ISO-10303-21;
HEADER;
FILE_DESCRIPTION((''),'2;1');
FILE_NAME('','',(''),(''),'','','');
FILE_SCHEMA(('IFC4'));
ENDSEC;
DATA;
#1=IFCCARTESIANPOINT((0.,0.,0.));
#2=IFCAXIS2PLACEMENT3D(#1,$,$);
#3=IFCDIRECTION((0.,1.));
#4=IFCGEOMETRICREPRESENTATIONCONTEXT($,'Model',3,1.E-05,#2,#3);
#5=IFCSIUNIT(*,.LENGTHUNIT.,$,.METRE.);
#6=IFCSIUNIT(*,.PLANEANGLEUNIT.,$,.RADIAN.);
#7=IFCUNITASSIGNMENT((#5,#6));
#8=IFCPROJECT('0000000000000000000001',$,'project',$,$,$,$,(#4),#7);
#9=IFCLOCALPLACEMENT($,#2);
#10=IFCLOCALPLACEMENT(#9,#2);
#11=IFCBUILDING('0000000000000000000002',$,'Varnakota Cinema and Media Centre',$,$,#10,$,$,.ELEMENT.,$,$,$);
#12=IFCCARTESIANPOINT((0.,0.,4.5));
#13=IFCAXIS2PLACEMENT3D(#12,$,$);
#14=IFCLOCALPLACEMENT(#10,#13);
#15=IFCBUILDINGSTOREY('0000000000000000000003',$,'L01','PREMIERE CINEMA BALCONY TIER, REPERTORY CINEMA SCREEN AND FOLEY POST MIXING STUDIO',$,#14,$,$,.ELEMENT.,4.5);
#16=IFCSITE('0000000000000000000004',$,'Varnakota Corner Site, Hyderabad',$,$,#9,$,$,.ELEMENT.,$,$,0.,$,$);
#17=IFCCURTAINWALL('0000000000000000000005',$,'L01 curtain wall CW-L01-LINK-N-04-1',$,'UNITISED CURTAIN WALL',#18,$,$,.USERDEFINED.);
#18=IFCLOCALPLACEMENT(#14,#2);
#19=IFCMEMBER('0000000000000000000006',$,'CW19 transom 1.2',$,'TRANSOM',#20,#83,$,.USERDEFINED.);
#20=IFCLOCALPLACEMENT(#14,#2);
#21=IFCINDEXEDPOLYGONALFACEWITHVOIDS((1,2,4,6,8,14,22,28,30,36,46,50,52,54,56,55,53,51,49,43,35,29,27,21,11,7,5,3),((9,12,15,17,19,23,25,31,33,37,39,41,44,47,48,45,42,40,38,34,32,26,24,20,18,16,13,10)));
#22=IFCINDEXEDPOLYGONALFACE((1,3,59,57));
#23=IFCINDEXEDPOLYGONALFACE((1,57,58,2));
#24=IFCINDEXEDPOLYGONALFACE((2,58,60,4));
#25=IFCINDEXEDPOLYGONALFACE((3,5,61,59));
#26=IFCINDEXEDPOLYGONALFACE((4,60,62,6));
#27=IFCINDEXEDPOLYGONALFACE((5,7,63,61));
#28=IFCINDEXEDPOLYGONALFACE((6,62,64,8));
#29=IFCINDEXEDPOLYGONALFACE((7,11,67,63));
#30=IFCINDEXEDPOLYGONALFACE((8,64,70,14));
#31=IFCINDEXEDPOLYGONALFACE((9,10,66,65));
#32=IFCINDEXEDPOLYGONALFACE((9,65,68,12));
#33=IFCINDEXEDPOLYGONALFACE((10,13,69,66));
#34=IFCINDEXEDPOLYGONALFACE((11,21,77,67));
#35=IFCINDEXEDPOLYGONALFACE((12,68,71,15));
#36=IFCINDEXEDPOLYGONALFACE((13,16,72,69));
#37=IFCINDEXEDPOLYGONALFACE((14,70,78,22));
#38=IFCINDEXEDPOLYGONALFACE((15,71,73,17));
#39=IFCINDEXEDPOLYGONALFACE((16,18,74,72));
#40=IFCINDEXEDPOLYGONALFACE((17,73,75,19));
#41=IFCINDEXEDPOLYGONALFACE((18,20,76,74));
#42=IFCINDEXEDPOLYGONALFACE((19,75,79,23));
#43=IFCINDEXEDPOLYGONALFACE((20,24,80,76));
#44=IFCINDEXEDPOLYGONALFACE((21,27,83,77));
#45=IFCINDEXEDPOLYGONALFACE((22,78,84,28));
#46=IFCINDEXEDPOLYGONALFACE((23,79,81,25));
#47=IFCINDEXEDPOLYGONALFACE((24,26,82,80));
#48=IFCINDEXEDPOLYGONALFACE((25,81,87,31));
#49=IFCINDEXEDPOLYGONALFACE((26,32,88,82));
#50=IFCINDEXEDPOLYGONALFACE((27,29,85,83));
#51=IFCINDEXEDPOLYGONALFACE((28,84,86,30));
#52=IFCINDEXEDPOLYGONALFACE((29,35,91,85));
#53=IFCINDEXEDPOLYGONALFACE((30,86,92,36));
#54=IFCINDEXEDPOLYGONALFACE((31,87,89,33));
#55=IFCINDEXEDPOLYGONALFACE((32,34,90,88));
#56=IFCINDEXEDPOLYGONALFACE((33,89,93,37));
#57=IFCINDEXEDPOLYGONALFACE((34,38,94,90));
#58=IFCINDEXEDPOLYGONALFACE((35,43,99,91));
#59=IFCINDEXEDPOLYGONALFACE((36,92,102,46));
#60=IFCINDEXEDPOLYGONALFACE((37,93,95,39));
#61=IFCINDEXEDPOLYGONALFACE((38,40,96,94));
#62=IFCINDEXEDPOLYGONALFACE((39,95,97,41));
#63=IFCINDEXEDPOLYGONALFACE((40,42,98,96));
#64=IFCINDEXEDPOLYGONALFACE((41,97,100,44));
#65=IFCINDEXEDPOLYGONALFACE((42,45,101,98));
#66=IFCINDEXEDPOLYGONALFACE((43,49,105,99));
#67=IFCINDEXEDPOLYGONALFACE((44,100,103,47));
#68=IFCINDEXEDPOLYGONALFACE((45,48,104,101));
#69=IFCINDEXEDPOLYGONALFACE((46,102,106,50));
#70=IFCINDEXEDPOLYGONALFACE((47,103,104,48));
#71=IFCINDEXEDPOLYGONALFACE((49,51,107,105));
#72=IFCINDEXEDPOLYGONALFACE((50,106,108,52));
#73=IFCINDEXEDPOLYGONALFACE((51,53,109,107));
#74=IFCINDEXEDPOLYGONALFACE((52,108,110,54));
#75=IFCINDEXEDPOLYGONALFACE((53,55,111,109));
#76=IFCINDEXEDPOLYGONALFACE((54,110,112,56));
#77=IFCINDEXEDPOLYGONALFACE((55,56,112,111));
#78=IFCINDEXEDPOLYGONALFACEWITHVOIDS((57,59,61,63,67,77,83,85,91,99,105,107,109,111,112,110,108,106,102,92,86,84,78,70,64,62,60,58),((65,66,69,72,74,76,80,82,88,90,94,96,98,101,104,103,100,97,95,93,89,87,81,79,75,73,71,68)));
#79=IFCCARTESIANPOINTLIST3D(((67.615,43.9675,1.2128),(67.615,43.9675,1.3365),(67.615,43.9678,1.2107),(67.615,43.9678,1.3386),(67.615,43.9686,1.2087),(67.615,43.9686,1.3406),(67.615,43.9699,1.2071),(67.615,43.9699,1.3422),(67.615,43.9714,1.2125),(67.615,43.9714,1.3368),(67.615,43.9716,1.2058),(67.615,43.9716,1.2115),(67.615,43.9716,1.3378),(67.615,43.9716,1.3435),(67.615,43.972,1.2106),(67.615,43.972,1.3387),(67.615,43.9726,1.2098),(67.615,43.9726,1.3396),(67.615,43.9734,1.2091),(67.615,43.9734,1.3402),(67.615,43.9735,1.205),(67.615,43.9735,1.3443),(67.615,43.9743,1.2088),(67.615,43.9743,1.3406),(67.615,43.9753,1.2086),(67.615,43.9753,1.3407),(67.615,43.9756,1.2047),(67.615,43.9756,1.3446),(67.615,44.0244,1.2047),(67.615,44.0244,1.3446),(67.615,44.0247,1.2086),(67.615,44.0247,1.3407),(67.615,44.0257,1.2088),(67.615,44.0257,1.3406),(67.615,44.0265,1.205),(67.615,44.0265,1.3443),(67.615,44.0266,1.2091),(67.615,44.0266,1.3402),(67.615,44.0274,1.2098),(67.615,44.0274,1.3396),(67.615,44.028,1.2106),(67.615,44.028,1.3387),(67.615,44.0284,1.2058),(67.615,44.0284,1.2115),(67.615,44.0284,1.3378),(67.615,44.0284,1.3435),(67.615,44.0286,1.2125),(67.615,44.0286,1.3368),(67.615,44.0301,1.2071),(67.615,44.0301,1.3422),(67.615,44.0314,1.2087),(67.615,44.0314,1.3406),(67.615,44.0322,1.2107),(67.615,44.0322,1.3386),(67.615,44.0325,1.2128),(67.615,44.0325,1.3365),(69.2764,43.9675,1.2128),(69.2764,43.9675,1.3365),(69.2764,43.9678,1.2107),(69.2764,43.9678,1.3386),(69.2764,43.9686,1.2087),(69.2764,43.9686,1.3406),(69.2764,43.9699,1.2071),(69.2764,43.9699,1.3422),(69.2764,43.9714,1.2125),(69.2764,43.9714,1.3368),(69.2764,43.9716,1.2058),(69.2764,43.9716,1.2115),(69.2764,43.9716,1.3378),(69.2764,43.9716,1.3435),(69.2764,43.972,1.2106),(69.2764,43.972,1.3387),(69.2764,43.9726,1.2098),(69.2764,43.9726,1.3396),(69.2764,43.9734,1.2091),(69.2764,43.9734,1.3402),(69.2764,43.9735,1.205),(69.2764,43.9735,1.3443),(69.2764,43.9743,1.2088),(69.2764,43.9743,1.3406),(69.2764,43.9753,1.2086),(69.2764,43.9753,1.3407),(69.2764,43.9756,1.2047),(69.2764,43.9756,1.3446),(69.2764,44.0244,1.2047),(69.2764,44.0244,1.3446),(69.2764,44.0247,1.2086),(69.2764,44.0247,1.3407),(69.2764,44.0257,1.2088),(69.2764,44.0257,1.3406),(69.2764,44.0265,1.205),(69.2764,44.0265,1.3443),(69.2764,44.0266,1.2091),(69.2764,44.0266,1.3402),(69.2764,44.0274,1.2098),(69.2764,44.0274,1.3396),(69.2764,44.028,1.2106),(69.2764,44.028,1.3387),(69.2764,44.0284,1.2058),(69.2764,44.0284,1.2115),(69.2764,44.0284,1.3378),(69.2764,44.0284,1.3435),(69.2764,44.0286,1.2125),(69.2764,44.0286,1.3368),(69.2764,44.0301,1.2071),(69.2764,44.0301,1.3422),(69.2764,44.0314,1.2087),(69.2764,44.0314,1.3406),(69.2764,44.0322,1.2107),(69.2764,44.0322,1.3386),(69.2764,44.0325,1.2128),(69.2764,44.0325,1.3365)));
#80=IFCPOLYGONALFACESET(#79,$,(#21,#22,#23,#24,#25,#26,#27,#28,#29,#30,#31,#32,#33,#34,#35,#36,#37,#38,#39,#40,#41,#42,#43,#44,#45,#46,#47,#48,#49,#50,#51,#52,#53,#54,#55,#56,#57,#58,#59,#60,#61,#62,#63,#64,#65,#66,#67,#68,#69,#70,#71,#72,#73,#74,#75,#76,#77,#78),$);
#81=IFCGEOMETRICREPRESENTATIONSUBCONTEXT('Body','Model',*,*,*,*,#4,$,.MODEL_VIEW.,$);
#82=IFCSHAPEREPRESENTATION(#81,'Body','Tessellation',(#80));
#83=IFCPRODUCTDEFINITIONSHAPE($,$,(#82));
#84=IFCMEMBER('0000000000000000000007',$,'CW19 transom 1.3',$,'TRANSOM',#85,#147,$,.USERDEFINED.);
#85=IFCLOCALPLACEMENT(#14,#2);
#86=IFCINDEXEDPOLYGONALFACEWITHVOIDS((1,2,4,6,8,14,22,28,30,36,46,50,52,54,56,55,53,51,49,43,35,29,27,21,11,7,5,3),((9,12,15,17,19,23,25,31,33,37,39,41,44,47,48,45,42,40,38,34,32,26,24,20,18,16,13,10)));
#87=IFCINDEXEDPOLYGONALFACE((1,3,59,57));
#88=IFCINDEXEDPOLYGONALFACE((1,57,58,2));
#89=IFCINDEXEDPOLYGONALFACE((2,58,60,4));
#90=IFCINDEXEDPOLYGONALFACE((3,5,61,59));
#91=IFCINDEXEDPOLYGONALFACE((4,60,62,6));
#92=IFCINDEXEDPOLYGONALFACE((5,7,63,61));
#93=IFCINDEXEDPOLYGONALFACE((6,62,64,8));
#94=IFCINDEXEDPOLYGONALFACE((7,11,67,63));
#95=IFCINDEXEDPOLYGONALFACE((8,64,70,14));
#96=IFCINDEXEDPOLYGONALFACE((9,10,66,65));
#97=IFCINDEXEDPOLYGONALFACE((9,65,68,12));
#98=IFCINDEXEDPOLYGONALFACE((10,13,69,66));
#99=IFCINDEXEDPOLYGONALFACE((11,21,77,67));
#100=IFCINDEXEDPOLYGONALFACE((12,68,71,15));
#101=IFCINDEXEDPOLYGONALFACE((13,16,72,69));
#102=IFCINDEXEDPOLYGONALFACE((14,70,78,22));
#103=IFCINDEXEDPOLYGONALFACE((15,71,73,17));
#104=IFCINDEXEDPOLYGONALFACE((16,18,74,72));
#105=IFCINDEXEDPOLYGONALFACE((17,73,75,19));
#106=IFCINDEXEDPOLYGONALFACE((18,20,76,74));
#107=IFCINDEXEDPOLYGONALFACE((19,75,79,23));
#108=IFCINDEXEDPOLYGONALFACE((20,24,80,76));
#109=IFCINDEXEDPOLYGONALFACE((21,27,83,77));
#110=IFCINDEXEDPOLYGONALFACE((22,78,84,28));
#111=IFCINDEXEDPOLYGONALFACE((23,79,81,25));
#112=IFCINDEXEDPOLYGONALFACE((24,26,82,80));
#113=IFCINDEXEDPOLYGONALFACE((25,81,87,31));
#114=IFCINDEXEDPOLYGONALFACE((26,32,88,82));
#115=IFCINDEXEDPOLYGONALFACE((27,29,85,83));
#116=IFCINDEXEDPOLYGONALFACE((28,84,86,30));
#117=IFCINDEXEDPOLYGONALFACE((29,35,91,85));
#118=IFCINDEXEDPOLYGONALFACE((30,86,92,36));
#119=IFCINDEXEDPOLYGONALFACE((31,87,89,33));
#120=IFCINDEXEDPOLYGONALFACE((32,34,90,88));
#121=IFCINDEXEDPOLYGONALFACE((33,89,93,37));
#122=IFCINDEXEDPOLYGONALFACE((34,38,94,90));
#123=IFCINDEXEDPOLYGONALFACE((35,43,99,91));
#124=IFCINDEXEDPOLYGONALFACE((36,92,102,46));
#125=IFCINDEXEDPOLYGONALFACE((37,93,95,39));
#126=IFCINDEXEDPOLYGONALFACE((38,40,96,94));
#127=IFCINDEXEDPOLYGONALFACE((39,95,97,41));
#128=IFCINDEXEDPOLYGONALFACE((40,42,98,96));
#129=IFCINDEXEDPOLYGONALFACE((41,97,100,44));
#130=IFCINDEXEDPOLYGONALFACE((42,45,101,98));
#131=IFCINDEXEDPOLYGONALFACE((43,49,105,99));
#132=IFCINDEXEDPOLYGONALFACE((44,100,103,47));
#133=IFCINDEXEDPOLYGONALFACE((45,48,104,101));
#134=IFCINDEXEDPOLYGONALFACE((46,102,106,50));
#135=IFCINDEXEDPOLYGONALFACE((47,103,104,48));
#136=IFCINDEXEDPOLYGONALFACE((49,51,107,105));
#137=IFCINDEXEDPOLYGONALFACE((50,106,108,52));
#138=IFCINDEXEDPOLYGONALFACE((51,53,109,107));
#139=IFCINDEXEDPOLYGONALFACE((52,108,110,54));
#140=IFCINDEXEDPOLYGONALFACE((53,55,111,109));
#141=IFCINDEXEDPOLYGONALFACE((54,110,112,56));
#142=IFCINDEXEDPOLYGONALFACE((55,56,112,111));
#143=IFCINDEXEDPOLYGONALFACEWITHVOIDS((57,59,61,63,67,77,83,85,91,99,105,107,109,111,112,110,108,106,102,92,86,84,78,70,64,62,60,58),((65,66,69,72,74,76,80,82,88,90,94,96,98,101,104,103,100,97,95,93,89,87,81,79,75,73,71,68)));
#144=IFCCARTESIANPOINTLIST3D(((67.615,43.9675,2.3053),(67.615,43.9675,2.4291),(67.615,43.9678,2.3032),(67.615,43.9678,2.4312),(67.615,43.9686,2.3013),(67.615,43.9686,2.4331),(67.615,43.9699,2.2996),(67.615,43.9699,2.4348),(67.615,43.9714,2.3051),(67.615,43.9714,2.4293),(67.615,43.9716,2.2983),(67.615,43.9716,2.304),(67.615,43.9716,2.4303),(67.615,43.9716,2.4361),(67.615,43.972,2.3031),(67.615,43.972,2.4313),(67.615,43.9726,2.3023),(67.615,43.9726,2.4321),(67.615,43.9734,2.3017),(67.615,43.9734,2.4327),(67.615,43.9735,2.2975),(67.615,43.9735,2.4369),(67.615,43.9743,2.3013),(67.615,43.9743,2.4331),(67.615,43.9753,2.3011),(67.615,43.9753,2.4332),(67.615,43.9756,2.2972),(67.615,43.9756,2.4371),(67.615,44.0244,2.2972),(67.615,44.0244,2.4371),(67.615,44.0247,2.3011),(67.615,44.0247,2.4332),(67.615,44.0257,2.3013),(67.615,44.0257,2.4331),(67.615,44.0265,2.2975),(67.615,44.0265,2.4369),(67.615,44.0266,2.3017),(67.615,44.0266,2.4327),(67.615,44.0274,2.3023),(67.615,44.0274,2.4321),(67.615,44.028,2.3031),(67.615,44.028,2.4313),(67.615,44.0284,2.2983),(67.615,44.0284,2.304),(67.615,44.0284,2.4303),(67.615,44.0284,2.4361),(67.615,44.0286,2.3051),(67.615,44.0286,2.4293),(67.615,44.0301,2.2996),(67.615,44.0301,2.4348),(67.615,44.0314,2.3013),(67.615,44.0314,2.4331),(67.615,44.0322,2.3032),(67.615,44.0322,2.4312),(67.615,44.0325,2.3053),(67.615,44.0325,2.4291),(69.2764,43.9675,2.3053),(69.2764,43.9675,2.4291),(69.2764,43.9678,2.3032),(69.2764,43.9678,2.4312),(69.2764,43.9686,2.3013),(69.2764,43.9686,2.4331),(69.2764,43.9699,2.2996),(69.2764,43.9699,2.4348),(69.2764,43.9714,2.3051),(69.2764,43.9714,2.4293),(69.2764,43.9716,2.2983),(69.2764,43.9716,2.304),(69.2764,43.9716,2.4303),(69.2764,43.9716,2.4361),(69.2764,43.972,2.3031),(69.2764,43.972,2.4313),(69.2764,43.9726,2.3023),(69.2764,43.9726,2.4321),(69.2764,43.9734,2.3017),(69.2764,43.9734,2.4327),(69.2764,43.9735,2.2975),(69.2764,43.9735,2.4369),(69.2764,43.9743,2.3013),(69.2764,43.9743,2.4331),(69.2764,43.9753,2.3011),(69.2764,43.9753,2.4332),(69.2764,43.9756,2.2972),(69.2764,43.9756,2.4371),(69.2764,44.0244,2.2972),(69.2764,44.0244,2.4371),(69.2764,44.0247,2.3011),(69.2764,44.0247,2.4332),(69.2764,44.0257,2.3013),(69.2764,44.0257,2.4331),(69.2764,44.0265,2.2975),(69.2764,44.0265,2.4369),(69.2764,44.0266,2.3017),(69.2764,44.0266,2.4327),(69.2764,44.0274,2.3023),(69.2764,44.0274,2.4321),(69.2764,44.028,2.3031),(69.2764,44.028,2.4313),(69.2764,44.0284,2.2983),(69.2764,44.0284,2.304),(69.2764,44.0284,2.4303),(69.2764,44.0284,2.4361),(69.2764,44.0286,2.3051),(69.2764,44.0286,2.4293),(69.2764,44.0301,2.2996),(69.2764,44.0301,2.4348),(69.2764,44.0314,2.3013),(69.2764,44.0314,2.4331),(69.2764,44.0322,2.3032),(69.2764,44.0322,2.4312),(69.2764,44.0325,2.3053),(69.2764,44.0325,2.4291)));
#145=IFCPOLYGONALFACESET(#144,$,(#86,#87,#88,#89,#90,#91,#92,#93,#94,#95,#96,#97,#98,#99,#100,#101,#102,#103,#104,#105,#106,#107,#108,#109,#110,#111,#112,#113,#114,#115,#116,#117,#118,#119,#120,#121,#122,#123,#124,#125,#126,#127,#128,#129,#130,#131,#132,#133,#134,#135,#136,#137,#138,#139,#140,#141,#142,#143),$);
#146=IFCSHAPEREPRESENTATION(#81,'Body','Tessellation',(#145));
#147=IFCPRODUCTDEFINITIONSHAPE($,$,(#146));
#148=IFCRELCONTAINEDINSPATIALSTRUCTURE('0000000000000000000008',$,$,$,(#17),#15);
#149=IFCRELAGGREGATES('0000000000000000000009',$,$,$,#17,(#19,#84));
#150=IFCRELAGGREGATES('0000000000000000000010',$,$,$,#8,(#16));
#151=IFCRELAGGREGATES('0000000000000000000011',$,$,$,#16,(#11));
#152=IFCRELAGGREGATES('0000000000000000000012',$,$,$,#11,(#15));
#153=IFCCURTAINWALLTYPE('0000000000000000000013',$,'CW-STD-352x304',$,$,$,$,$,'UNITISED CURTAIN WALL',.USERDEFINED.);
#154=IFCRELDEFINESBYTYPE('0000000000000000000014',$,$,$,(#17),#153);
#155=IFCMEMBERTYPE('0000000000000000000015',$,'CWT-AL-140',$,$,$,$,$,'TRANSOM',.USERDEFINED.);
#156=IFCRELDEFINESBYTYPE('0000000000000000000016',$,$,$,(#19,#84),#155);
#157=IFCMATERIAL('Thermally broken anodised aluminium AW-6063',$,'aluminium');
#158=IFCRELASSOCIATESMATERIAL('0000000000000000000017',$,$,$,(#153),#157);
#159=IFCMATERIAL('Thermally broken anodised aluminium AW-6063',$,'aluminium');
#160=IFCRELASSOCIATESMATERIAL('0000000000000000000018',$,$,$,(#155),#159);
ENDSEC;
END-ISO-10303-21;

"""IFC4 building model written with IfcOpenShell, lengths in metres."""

from ifc_helpers import new_model, si_unit, direction, frame, origin, origin_2d, place, context, subcontext, project, spatial, hollow_rectangle, extrude, material, material_profile, profile_set, type_object, element, aggregate, save


model = new_model("IFC4")

# Units and contexts
model_context = context("Model", 3, precision=1e-05, world=origin(), true_north=direction((0.0, 1.0)))
body_context = subcontext(model_context, "Body", "Model", "MODEL_VIEW")
ifc_project = project(units=[si_unit("LENGTHUNIT", "METRE"), si_unit("PLANEANGLEUNIT", "RADIAN")], contexts=[model_context])

# Site, building, storey
site_placement = place(None, origin())
site = spatial("IfcSite", under=ifc_project, at=site_placement, Name="Varnakota Corner Site, Hyderabad", CompositionType="ELEMENT", RefElevation=0.0)
building_placement = place(site_placement, origin())
building = spatial("IfcBuilding", under=site, at=building_placement, Name="Varnakota Cinema and Media Centre", CompositionType="ELEMENT")
storey_placement = place(building_placement, frame((0.0, 0.0, 4.5)))
storey = spatial("IfcBuildingStorey", under=building, at=storey_placement, Name="L01", Description="PREMIERE CINEMA BALCONY TIER, REPERTORY CINEMA SCREEN AND FOLEY POST MIXING STUDIO", CompositionType="ELEMENT", Elevation=4.5)

# Curtain wall
ifc_material_1 = material(Name="Thermally broken anodised aluminium AW-6063", Category="aluminium")
curtain_wall_type_1 = type_object("IfcCurtainWallType", Name="CW-STD-352x304", ElementType="UNITISED CURTAIN WALL", PredefinedType="USERDEFINED", material=ifc_material_1)
curtain_wall_1_placement = place(storey_placement, origin())
curtain_wall_1 = element("IfcCurtainWall", 1, at=curtain_wall_1_placement, inside=storey, type_object=curtain_wall_type_1, Name="L01 curtain wall CW-L01-LINK-N-04-1", ObjectType="UNITISED CURTAIN WALL", PredefinedType="USERDEFINED")

# Members
ifc_material_2 = material(Name="Thermally broken anodised aluminium AW-6063", Category="aluminium")
ifc_material_profile_1 = material_profile(ifc_material_2, hollow_rectangle(XDim=0.0649, YDim=0.1399, WallThickness=0.0039, InnerFilletRadius=0.0039, OuterFilletRadius=0.0081, at=origin_2d()), Name="AL-TRANSOM 140x65x4")
ifc_profile_set_1 = profile_set([ifc_material_profile_1], Name="Thermally broken anodised aluminium AW-6063")
member_type_1 = type_object("IfcMemberType", Name="CWT-AL-140", ElementType="TRANSOM", PredefinedType="USERDEFINED", material=ifc_profile_set_1)
member_1_placement = place(storey_placement, frame((67.615, 44.0, 1.2747), z_axis=(1.0, 0.0, 0.0), x_axis=(0.0, 1.0, 0.0)))
member_1 = element("IfcMember", 2, at=member_1_placement, type_object=member_type_1, Name="CW19 transom 1.2", ObjectType="TRANSOM", PredefinedType="USERDEFINED", context=body_context, shape_type="SweptSolid", body=[
    extrude(hollow_rectangle(XDim=0.0649, YDim=0.1399, WallThickness=0.0039, InnerFilletRadius=0.0039, OuterFilletRadius=0.0081, at=origin_2d()), origin(), (0.0, 0.0, 1.0), 1.6614),
])
member_2_placement = place(storey_placement, frame((67.615, 44.0, 2.3672), z_axis=(1.0, 0.0, 0.0), x_axis=(0.0, 1.0, 0.0)))
member_2 = element("IfcMember", 3, at=member_2_placement, type_object=member_type_1, Name="CW19 transom 1.3", ObjectType="TRANSOM", PredefinedType="USERDEFINED", context=body_context, shape_type="SweptSolid", body=[
    extrude(hollow_rectangle(XDim=0.0649, YDim=0.1399, WallThickness=0.0039, InnerFilletRadius=0.0039, OuterFilletRadius=0.0081, at=origin_2d()), origin(), (0.0, 0.0, 1.0), 1.6614),
])

aggregate(curtain_wall_1, [member_1, member_2])

save(model, "model.ifc")
